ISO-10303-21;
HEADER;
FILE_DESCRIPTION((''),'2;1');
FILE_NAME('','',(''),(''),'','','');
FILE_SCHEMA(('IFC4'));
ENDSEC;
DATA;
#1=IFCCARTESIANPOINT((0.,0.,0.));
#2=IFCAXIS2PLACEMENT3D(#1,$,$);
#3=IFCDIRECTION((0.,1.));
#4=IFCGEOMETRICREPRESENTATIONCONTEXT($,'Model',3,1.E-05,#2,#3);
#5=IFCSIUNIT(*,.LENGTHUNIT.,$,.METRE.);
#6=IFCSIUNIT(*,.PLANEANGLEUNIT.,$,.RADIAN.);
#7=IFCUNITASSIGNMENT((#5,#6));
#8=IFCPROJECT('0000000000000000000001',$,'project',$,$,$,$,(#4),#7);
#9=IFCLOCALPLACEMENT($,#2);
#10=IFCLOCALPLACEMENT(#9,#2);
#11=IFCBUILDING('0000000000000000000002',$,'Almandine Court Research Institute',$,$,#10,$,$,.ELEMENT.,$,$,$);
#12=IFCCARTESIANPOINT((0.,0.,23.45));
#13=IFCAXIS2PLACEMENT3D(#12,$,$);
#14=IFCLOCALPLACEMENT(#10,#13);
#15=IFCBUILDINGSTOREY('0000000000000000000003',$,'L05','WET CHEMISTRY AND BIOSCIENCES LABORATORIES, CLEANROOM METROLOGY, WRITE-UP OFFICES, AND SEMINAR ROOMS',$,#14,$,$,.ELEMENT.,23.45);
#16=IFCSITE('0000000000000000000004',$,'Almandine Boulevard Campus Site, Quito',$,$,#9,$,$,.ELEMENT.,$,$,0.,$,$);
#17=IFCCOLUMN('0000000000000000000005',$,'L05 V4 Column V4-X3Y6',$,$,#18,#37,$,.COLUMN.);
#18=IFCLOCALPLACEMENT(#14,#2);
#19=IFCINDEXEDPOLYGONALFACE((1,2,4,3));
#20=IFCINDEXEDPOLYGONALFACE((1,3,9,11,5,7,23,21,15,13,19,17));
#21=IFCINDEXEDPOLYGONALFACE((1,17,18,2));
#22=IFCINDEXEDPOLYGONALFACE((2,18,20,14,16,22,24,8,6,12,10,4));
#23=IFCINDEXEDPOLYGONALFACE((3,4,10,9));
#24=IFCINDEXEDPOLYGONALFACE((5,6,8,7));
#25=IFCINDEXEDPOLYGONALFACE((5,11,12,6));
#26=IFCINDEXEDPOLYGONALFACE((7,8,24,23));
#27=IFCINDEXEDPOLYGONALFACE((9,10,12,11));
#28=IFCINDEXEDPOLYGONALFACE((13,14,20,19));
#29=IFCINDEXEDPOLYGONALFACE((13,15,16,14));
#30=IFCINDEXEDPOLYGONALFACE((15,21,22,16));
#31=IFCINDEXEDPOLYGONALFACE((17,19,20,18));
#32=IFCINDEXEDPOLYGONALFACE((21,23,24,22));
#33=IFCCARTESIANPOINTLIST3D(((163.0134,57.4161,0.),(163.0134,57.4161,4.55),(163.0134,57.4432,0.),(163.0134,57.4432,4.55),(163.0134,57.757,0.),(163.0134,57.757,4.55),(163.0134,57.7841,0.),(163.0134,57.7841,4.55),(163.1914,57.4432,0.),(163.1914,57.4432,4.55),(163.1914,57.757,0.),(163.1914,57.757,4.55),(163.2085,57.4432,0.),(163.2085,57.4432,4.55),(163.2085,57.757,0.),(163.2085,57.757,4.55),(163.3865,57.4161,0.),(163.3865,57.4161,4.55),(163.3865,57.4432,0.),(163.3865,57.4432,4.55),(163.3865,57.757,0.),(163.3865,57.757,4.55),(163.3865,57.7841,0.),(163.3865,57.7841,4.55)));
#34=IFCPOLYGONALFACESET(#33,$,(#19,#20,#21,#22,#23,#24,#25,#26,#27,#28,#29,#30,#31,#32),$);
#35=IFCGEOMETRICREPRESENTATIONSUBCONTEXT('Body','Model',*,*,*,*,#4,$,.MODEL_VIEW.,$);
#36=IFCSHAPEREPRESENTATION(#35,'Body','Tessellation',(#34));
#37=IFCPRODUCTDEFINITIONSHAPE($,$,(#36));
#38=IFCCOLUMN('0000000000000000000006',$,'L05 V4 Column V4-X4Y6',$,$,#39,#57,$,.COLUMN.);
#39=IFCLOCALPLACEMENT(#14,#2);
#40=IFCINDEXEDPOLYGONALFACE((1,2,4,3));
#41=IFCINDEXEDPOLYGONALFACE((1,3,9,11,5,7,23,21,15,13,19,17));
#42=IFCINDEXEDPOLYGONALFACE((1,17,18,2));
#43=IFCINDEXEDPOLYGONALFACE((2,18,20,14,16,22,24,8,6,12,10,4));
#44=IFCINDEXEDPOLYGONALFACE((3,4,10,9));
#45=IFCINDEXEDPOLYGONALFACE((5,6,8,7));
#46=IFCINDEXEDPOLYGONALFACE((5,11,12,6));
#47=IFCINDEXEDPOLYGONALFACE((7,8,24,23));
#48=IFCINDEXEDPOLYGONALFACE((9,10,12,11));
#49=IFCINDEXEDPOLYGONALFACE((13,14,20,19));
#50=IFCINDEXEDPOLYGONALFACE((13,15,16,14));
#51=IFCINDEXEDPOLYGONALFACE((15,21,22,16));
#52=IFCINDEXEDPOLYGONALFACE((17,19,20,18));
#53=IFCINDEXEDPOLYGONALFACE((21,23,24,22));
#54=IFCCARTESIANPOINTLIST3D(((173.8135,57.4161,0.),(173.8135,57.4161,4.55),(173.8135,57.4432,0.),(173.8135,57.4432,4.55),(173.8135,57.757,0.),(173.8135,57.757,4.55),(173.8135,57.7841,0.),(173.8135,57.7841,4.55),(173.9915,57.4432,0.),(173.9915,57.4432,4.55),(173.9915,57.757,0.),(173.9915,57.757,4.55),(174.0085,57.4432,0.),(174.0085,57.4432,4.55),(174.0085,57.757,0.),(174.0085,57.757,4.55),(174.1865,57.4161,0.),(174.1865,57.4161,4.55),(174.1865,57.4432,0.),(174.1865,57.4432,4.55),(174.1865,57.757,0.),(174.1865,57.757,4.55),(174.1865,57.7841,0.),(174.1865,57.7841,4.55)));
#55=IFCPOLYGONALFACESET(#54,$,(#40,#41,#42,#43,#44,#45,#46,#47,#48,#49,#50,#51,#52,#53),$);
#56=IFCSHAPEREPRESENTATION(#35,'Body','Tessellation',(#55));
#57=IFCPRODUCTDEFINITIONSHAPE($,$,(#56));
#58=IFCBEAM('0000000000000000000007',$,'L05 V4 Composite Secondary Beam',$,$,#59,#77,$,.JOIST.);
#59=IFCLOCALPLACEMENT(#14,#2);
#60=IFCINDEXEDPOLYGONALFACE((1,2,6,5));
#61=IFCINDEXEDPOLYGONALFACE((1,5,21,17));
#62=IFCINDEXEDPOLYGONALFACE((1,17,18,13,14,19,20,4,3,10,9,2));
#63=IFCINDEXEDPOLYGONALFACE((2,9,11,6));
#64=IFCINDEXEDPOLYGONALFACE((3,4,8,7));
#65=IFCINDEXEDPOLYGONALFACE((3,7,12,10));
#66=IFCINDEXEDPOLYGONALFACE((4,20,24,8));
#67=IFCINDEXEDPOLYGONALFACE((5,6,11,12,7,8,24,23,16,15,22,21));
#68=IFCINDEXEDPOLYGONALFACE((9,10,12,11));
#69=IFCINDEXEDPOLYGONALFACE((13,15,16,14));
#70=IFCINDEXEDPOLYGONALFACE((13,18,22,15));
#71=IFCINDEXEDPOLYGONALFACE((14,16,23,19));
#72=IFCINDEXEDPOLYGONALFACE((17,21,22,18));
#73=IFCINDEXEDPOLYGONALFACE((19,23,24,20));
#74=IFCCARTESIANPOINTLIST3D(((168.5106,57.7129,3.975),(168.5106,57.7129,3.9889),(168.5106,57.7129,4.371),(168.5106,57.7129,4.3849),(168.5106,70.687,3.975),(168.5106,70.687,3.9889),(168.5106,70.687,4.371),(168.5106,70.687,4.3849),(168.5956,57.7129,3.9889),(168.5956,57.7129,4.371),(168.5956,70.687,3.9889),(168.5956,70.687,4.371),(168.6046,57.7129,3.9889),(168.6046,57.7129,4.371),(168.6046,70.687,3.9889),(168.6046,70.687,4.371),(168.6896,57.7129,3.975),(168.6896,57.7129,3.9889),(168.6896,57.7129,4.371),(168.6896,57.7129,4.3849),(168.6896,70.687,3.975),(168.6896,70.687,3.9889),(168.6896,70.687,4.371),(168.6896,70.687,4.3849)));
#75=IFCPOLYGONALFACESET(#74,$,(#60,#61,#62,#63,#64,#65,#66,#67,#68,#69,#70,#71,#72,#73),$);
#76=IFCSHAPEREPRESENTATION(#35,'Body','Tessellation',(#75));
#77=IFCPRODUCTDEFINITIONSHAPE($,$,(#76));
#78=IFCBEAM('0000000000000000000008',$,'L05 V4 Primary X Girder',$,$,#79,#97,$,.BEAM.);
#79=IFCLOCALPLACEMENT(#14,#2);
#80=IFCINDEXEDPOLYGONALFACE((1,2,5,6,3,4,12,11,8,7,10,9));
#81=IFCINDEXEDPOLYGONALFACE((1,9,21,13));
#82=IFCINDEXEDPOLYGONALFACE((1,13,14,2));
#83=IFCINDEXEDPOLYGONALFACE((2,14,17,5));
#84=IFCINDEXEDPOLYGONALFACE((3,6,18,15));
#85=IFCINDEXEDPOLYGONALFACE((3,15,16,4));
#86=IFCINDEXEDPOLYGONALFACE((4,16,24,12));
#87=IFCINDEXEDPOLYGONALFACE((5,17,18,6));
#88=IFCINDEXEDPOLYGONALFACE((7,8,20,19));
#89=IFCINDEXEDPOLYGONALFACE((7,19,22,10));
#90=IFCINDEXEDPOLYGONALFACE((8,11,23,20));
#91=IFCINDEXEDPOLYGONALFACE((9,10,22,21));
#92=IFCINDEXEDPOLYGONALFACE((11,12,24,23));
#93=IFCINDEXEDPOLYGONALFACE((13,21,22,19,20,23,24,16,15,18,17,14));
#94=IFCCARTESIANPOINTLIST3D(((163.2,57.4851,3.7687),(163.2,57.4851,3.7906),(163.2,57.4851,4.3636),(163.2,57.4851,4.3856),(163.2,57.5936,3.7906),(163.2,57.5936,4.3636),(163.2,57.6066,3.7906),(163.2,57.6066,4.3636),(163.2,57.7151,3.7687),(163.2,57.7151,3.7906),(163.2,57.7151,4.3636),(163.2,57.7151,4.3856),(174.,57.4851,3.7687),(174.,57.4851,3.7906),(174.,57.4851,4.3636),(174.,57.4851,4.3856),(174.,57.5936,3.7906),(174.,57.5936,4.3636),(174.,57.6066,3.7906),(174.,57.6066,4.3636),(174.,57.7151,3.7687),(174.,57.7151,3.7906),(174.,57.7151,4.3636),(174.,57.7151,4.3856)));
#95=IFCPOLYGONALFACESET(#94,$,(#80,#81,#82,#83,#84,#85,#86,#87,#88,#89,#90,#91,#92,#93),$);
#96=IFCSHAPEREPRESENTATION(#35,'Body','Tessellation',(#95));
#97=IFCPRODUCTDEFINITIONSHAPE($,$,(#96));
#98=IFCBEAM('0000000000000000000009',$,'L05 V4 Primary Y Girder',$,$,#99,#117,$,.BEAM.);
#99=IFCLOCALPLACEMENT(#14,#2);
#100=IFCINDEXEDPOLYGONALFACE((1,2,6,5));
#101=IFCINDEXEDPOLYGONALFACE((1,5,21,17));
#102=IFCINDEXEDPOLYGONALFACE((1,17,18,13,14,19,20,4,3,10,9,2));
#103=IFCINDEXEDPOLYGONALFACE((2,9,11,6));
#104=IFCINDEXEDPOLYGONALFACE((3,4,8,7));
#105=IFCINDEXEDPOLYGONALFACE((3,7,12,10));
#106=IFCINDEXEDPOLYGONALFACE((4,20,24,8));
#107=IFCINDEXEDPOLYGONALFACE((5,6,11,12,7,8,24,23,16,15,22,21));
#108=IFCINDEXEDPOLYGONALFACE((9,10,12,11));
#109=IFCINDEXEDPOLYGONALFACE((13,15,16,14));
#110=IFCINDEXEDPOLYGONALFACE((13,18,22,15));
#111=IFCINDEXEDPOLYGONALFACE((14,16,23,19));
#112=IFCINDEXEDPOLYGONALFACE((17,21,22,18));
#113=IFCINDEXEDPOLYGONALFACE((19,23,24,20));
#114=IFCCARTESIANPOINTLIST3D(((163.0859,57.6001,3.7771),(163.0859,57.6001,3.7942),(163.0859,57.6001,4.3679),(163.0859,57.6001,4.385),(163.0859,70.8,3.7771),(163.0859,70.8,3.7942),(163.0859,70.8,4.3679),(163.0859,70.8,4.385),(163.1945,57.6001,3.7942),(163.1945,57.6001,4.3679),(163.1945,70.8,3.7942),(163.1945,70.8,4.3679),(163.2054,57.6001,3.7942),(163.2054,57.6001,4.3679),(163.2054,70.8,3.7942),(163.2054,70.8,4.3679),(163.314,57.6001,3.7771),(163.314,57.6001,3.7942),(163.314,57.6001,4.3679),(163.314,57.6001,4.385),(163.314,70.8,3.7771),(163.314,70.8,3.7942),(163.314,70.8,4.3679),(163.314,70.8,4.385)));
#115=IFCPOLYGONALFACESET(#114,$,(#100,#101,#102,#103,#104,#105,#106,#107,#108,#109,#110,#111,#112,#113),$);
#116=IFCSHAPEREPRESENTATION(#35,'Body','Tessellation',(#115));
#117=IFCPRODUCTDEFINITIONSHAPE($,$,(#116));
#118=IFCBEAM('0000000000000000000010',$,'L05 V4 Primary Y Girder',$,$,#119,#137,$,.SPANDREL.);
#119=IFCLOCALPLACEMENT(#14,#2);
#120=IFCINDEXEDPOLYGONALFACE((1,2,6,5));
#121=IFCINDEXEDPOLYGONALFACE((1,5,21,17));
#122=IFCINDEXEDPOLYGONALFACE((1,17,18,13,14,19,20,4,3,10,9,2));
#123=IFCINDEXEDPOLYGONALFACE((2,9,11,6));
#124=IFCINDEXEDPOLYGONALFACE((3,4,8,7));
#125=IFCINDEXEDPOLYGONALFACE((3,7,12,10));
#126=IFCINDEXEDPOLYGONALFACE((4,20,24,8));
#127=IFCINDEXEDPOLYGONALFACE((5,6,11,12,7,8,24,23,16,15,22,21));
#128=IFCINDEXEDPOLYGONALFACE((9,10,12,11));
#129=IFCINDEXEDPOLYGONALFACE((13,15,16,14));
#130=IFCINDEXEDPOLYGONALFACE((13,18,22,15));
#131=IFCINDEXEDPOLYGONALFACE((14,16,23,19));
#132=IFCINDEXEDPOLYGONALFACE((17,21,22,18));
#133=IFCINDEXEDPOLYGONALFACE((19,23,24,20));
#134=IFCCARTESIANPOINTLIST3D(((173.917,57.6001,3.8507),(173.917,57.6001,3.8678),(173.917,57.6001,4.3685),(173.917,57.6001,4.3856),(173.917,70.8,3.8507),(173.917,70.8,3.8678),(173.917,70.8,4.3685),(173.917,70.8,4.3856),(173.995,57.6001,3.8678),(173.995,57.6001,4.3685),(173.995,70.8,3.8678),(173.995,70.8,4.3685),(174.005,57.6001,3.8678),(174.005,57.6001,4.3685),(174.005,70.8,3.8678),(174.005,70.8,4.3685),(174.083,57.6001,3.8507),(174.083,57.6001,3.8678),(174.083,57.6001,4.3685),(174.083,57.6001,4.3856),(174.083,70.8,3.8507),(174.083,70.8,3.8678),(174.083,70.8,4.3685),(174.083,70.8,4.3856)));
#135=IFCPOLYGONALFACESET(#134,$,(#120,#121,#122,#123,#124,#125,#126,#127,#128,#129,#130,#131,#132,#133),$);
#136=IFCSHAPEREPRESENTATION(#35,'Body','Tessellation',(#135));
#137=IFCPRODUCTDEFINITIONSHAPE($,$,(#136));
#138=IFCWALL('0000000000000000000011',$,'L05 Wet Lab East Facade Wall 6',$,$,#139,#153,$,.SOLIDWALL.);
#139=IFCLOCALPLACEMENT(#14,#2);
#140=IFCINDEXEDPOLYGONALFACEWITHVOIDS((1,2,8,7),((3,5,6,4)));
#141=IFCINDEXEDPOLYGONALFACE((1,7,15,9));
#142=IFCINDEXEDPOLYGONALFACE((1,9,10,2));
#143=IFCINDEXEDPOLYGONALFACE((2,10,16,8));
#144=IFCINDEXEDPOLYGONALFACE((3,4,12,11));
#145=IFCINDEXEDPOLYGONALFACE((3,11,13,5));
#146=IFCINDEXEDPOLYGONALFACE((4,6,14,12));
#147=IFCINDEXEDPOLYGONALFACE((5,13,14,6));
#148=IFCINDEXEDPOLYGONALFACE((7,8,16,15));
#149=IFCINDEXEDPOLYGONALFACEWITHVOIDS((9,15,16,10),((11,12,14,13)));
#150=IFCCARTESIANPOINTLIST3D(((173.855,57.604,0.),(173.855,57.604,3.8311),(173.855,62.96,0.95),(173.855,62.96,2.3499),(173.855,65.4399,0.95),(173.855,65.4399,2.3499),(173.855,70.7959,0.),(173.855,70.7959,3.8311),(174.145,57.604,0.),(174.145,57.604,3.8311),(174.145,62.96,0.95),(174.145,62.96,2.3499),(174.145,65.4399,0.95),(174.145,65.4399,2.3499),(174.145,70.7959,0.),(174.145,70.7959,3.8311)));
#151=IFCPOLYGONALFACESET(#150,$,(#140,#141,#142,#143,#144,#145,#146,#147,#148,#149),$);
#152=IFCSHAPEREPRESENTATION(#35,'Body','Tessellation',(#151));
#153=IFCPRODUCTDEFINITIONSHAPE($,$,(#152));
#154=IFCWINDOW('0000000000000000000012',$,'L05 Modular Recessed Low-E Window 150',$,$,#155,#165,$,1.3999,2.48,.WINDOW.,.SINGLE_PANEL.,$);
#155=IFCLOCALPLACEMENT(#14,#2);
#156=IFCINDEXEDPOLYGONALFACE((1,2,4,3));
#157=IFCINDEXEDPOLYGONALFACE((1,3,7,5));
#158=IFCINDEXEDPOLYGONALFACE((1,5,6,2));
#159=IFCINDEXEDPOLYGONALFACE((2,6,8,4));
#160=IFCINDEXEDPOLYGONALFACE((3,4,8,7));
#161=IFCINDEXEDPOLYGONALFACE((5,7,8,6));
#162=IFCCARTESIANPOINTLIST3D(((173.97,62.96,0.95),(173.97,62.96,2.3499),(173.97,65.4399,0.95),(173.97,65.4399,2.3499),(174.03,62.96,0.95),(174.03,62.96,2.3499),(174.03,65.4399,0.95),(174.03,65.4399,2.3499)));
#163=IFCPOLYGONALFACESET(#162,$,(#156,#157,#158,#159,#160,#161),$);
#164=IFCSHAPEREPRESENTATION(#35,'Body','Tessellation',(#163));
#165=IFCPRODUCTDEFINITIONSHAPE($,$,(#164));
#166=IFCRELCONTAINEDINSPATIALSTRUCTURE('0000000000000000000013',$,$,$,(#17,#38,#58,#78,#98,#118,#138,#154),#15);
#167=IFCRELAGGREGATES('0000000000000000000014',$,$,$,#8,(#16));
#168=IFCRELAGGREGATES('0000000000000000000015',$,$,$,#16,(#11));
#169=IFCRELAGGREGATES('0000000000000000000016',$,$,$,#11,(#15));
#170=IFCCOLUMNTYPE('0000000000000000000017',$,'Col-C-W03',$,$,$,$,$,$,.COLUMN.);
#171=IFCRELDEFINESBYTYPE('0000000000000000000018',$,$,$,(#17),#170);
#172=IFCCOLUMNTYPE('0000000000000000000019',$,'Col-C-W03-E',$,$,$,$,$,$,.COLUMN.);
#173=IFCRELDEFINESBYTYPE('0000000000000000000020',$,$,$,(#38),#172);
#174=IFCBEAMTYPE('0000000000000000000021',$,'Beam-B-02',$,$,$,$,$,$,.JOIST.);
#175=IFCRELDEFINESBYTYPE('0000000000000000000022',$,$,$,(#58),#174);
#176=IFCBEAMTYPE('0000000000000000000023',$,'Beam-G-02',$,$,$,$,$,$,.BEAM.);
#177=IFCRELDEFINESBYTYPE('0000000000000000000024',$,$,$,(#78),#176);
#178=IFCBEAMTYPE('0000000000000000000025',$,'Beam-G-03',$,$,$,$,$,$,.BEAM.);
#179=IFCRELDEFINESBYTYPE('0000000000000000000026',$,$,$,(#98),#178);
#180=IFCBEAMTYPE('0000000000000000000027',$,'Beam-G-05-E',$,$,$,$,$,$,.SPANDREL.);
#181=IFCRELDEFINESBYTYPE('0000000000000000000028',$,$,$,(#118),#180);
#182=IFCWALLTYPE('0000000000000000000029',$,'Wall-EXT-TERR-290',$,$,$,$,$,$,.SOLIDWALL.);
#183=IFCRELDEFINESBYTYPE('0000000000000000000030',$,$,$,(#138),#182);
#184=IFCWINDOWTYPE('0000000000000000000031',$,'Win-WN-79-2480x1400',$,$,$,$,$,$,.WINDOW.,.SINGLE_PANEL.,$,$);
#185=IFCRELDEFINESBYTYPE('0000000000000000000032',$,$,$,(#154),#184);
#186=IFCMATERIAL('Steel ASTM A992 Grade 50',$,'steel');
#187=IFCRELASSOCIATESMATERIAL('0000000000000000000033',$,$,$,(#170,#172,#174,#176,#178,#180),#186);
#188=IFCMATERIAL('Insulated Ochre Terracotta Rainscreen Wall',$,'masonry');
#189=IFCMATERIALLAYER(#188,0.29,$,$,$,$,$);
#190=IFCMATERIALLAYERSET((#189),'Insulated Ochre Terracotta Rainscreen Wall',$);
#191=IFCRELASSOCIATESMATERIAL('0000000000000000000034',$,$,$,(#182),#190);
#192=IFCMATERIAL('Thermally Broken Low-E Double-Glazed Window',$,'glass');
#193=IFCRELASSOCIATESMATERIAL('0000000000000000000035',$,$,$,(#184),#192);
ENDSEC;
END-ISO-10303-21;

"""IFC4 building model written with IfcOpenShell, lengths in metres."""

from ifc_helpers import new_model, si_unit, direction, frame, frame_2d, origin, origin_2d, place, context, subcontext, project, spatial, rectangle, i_section, extrude, material, layer, layer_set, material_profile, profile_set, type_object, element, fill, save


model = new_model("IFC4")

# Units and contexts
model_context = context("Model", 3, precision=1e-05, world=origin(), true_north=direction((0.0, 1.0)))
body_context = subcontext(model_context, "Body", "Model", "MODEL_VIEW")
ifc_project = project(units=[si_unit("LENGTHUNIT", "METRE"), si_unit("PLANEANGLEUNIT", "RADIAN")], contexts=[model_context])

# Site, building, storey
site_placement = place(None, origin())
site = spatial("IfcSite", under=ifc_project, at=site_placement, Name="Almandine Boulevard Campus Site, Quito", CompositionType="ELEMENT", RefElevation=0.0)
building_placement = place(site_placement, origin())
building = spatial("IfcBuilding", under=site, at=building_placement, Name="Almandine Court Research Institute", CompositionType="ELEMENT")
storey_placement = place(building_placement, frame((0.0, 0.0, 23.45)))
storey = spatial("IfcBuildingStorey", under=building, at=storey_placement, Name="L05", Description="WET CHEMISTRY AND BIOSCIENCES LABORATORIES, CLEANROOM METROLOGY, WRITE-UP OFFICES, AND SEMINAR ROOMS", CompositionType="ELEMENT", Elevation=23.45)

# Columns
ifc_material_1 = material(Name="Steel ASTM A992 Grade 50", Category="steel")
ifc_material_profile_1 = material_profile(ifc_material_1, i_section(OverallWidth=0.373, OverallDepth=0.3679, WebThickness=0.0171, FlangeThickness=0.0271, at=origin_2d()), Name="W360x179")
ifc_profile_set_1 = profile_set([ifc_material_profile_1], Name="Steel ASTM A992 Grade 50")
column_type_1 = type_object("IfcColumnType", Name="Col-C-W03", PredefinedType="COLUMN", material=ifc_profile_set_1)
column_1_placement = place(storey_placement, frame((163.2, 57.6001, 0.0), z_axis=(0.0, 0.0, 1.0), x_axis=(1.0, 0.0, 0.0)))
element("IfcColumn", 1, at=column_1_placement, inside=storey, type_object=column_type_1, Name="L05 V4 Column V4-X3Y6", PredefinedType="COLUMN", context=body_context, shape_type="SweptSolid", body=[
    extrude(i_section(OverallWidth=0.373, OverallDepth=0.3679, WebThickness=0.0171, FlangeThickness=0.0271, at=origin_2d()), origin(), (0.0, 0.0, 1.0), 4.55),
])
ifc_material_profile_2 = material_profile(ifc_material_1, i_section(OverallWidth=0.373, OverallDepth=0.3679, WebThickness=0.0171, FlangeThickness=0.0271, at=origin_2d()), Name="W360x179")
ifc_profile_set_2 = profile_set([ifc_material_profile_2], Name="Steel ASTM A992 Grade 50")
column_type_2 = type_object("IfcColumnType", Name="Col-C-W03-E", PredefinedType="COLUMN", material=ifc_profile_set_2)
column_2_placement = place(storey_placement, frame((174.0, 57.6001, 0.0), z_axis=(0.0, 0.0, 1.0), x_axis=(1.0, 0.0, 0.0)))
element("IfcColumn", 2, at=column_2_placement, inside=storey, type_object=column_type_2, Name="L05 V4 Column V4-X4Y6", PredefinedType="COLUMN", context=body_context, shape_type="SweptSolid", body=[
    extrude(i_section(OverallWidth=0.373, OverallDepth=0.3679, WebThickness=0.0171, FlangeThickness=0.0271, at=origin_2d()), origin(), (0.0, 0.0, 1.0), 4.55),
])

# Beams
ifc_material_profile_3 = material_profile(ifc_material_1, i_section(OverallWidth=0.179, OverallDepth=0.4099, WebThickness=0.009, FlangeThickness=0.0139, at=origin_2d()), Name="W410x67")
ifc_profile_set_3 = profile_set([ifc_material_profile_3], Name="Steel ASTM A992 Grade 50")
beam_type_1 = type_object("IfcBeamType", Name="Beam-B-02", PredefinedType="JOIST", material=ifc_profile_set_3)
beam_1_placement = place(storey_placement, frame((168.6001, 57.7129, 4.1799), z_axis=(0.0, 1.0, 0.0), x_axis=(-1.0, 0.0, 0.0)))
element("IfcBeam", 3, at=beam_1_placement, inside=storey, type_object=beam_type_1, Name="L05 V4 Composite Secondary Beam", PredefinedType="JOIST", context=body_context, shape_type="SweptSolid", body=[
    extrude(i_section(OverallWidth=0.179, OverallDepth=0.4099, WebThickness=0.009, FlangeThickness=0.0139, at=origin_2d()), origin(), (0.0, 0.0, 1.0), 12.9741),
])
ifc_material_profile_4 = material_profile(ifc_material_1, i_section(OverallWidth=0.23, OverallDepth=0.6169, WebThickness=0.0129, FlangeThickness=0.022, at=origin_2d()), Name="W610x140")
ifc_profile_set_4 = profile_set([ifc_material_profile_4], Name="Steel ASTM A992 Grade 50")
beam_type_2 = type_object("IfcBeamType", Name="Beam-G-02", PredefinedType="BEAM", material=ifc_profile_set_4)
beam_2_placement = place(storey_placement, frame((163.2, 57.6001, 4.0771), z_axis=(1.0, 0.0, 0.0), x_axis=(0.0, 1.0, 0.0)))
element("IfcBeam", 4, at=beam_2_placement, inside=storey, type_object=beam_type_2, Name="L05 V4 Primary X Girder", PredefinedType="BEAM", context=body_context, shape_type="SweptSolid", body=[
    extrude(i_section(OverallWidth=0.23, OverallDepth=0.6169, WebThickness=0.0129, FlangeThickness=0.022, at=origin_2d()), origin(), (0.0, 0.0, 1.0), 10.8),
])
ifc_material_profile_5 = material_profile(ifc_material_1, i_section(OverallWidth=0.228, OverallDepth=0.6079, WebThickness=0.011, FlangeThickness=0.0171, at=origin_2d()), Name="W610x113")
ifc_profile_set_5 = profile_set([ifc_material_profile_5], Name="Steel ASTM A992 Grade 50")
beam_type_3 = type_object("IfcBeamType", Name="Beam-G-03", PredefinedType="BEAM", material=ifc_profile_set_5)
beam_3_placement = place(storey_placement, frame((163.2, 57.6001, 4.0811), z_axis=(0.0, 1.0, 0.0), x_axis=(-1.0, 0.0, 0.0)))
element("IfcBeam", 5, at=beam_3_placement, inside=storey, type_object=beam_type_3, Name="L05 V4 Primary Y Girder", PredefinedType="BEAM", context=body_context, shape_type="SweptSolid", body=[
    extrude(i_section(OverallWidth=0.228, OverallDepth=0.6079, WebThickness=0.011, FlangeThickness=0.0171, at=origin_2d()), origin(), (0.0, 0.0, 1.0), 13.2),
])
ifc_material_profile_6 = material_profile(ifc_material_1, i_section(OverallWidth=0.166, OverallDepth=0.5349, WebThickness=0.01, FlangeThickness=0.0171, at=origin_2d()), Name="W530x85")
ifc_profile_set_6 = profile_set([ifc_material_profile_6], Name="Steel ASTM A992 Grade 50")
beam_type_4 = type_object("IfcBeamType", Name="Beam-G-05-E", PredefinedType="SPANDREL", material=ifc_profile_set_6)
beam_4_placement = place(storey_placement, frame((174.0, 57.6001, 4.1182), z_axis=(0.0, 1.0, 0.0), x_axis=(-1.0, 0.0, 0.0)))
element("IfcBeam", 6, at=beam_4_placement, inside=storey, type_object=beam_type_4, Name="L05 V4 Primary Y Girder", PredefinedType="SPANDREL", context=body_context, shape_type="SweptSolid", body=[
    extrude(i_section(OverallWidth=0.166, OverallDepth=0.5349, WebThickness=0.01, FlangeThickness=0.0171, at=origin_2d()), origin(), (0.0, 0.0, 1.0), 13.2),
])

# Wall, opening, window
ifc_material_2 = material(Name="Insulated Ochre Terracotta Rainscreen Wall", Category="masonry")
ifc_layer_1 = layer(ifc_material_2, 0.29)
ifc_layer_set_1 = layer_set([ifc_layer_1], Name="Insulated Ochre Terracotta Rainscreen Wall")
wall_type_1 = type_object("IfcWallType", Name="Wall-EXT-TERR-290", PredefinedType="SOLIDWALL", material=ifc_layer_set_1)
wall_1_placement = place(storey_placement, frame((174.0, 70.7959, 0.0), z_axis=(0.0, 0.0, 1.0), x_axis=(0.0, -1.0, 0.0)))
wall_1 = element("IfcWall", 7, at=wall_1_placement, inside=storey, type_object=wall_type_1, Name="L05 Wet Lab East Facade Wall 6", PredefinedType="SOLIDWALL", context=body_context, shape_type="SweptSolid", body=[
    extrude(rectangle(XDim=13.1919, YDim=0.29, at=frame_2d((6.5959, 0.0))), origin(), (0.0, 0.0, 1.0), 3.8311),
])
opening_1_placement = place(wall_1_placement, frame((5.356, 0.0, 0.95)))
opening_1 = element("IfcOpeningElement", 8, at=opening_1_placement, cuts=wall_1, PredefinedType="OPENING", context=body_context, shape_type="SweptSolid", body=[
    extrude(rectangle(XDim=2.48, YDim=1.3999, at=frame_2d((1.24, 0.7))), frame((0.0, 0.155, 0.0), z_axis=(0.0, -1.0, 0.0), x_axis=(1.0, 0.0, 0.0)), (0.0, 0.0, 1.0), 0.3101),
])
ifc_material_3 = material(Name="Thermally Broken Low-E Double-Glazed Window", Category="glass")
window_type_1 = type_object("IfcWindowType", Name="Win-WN-79-2480x1400", PartitioningType="SINGLE_PANEL", PredefinedType="WINDOW", material=ifc_material_3)
window_1_placement = place(opening_1_placement, origin())
window_1 = element("IfcWindow", 9, at=window_1_placement, inside=storey, type_object=window_type_1, Name="L05 Modular Recessed Low-E Window 150", OverallHeight=1.3999, OverallWidth=2.48, PartitioningType="SINGLE_PANEL", PredefinedType="WINDOW", context=body_context, shape_type="SweptSolid", body=[
    extrude(rectangle(XDim=2.48, YDim=1.3999, at=frame_2d((1.24, 0.7))), frame((0.0, 0.03, 0.0), z_axis=(0.0, -1.0, 0.0), x_axis=(1.0, 0.0, 0.0)), (0.0, 0.0, 1.0), 0.0601),
])
fill(opening_1, window_1)

save(model, "model.ifc")
